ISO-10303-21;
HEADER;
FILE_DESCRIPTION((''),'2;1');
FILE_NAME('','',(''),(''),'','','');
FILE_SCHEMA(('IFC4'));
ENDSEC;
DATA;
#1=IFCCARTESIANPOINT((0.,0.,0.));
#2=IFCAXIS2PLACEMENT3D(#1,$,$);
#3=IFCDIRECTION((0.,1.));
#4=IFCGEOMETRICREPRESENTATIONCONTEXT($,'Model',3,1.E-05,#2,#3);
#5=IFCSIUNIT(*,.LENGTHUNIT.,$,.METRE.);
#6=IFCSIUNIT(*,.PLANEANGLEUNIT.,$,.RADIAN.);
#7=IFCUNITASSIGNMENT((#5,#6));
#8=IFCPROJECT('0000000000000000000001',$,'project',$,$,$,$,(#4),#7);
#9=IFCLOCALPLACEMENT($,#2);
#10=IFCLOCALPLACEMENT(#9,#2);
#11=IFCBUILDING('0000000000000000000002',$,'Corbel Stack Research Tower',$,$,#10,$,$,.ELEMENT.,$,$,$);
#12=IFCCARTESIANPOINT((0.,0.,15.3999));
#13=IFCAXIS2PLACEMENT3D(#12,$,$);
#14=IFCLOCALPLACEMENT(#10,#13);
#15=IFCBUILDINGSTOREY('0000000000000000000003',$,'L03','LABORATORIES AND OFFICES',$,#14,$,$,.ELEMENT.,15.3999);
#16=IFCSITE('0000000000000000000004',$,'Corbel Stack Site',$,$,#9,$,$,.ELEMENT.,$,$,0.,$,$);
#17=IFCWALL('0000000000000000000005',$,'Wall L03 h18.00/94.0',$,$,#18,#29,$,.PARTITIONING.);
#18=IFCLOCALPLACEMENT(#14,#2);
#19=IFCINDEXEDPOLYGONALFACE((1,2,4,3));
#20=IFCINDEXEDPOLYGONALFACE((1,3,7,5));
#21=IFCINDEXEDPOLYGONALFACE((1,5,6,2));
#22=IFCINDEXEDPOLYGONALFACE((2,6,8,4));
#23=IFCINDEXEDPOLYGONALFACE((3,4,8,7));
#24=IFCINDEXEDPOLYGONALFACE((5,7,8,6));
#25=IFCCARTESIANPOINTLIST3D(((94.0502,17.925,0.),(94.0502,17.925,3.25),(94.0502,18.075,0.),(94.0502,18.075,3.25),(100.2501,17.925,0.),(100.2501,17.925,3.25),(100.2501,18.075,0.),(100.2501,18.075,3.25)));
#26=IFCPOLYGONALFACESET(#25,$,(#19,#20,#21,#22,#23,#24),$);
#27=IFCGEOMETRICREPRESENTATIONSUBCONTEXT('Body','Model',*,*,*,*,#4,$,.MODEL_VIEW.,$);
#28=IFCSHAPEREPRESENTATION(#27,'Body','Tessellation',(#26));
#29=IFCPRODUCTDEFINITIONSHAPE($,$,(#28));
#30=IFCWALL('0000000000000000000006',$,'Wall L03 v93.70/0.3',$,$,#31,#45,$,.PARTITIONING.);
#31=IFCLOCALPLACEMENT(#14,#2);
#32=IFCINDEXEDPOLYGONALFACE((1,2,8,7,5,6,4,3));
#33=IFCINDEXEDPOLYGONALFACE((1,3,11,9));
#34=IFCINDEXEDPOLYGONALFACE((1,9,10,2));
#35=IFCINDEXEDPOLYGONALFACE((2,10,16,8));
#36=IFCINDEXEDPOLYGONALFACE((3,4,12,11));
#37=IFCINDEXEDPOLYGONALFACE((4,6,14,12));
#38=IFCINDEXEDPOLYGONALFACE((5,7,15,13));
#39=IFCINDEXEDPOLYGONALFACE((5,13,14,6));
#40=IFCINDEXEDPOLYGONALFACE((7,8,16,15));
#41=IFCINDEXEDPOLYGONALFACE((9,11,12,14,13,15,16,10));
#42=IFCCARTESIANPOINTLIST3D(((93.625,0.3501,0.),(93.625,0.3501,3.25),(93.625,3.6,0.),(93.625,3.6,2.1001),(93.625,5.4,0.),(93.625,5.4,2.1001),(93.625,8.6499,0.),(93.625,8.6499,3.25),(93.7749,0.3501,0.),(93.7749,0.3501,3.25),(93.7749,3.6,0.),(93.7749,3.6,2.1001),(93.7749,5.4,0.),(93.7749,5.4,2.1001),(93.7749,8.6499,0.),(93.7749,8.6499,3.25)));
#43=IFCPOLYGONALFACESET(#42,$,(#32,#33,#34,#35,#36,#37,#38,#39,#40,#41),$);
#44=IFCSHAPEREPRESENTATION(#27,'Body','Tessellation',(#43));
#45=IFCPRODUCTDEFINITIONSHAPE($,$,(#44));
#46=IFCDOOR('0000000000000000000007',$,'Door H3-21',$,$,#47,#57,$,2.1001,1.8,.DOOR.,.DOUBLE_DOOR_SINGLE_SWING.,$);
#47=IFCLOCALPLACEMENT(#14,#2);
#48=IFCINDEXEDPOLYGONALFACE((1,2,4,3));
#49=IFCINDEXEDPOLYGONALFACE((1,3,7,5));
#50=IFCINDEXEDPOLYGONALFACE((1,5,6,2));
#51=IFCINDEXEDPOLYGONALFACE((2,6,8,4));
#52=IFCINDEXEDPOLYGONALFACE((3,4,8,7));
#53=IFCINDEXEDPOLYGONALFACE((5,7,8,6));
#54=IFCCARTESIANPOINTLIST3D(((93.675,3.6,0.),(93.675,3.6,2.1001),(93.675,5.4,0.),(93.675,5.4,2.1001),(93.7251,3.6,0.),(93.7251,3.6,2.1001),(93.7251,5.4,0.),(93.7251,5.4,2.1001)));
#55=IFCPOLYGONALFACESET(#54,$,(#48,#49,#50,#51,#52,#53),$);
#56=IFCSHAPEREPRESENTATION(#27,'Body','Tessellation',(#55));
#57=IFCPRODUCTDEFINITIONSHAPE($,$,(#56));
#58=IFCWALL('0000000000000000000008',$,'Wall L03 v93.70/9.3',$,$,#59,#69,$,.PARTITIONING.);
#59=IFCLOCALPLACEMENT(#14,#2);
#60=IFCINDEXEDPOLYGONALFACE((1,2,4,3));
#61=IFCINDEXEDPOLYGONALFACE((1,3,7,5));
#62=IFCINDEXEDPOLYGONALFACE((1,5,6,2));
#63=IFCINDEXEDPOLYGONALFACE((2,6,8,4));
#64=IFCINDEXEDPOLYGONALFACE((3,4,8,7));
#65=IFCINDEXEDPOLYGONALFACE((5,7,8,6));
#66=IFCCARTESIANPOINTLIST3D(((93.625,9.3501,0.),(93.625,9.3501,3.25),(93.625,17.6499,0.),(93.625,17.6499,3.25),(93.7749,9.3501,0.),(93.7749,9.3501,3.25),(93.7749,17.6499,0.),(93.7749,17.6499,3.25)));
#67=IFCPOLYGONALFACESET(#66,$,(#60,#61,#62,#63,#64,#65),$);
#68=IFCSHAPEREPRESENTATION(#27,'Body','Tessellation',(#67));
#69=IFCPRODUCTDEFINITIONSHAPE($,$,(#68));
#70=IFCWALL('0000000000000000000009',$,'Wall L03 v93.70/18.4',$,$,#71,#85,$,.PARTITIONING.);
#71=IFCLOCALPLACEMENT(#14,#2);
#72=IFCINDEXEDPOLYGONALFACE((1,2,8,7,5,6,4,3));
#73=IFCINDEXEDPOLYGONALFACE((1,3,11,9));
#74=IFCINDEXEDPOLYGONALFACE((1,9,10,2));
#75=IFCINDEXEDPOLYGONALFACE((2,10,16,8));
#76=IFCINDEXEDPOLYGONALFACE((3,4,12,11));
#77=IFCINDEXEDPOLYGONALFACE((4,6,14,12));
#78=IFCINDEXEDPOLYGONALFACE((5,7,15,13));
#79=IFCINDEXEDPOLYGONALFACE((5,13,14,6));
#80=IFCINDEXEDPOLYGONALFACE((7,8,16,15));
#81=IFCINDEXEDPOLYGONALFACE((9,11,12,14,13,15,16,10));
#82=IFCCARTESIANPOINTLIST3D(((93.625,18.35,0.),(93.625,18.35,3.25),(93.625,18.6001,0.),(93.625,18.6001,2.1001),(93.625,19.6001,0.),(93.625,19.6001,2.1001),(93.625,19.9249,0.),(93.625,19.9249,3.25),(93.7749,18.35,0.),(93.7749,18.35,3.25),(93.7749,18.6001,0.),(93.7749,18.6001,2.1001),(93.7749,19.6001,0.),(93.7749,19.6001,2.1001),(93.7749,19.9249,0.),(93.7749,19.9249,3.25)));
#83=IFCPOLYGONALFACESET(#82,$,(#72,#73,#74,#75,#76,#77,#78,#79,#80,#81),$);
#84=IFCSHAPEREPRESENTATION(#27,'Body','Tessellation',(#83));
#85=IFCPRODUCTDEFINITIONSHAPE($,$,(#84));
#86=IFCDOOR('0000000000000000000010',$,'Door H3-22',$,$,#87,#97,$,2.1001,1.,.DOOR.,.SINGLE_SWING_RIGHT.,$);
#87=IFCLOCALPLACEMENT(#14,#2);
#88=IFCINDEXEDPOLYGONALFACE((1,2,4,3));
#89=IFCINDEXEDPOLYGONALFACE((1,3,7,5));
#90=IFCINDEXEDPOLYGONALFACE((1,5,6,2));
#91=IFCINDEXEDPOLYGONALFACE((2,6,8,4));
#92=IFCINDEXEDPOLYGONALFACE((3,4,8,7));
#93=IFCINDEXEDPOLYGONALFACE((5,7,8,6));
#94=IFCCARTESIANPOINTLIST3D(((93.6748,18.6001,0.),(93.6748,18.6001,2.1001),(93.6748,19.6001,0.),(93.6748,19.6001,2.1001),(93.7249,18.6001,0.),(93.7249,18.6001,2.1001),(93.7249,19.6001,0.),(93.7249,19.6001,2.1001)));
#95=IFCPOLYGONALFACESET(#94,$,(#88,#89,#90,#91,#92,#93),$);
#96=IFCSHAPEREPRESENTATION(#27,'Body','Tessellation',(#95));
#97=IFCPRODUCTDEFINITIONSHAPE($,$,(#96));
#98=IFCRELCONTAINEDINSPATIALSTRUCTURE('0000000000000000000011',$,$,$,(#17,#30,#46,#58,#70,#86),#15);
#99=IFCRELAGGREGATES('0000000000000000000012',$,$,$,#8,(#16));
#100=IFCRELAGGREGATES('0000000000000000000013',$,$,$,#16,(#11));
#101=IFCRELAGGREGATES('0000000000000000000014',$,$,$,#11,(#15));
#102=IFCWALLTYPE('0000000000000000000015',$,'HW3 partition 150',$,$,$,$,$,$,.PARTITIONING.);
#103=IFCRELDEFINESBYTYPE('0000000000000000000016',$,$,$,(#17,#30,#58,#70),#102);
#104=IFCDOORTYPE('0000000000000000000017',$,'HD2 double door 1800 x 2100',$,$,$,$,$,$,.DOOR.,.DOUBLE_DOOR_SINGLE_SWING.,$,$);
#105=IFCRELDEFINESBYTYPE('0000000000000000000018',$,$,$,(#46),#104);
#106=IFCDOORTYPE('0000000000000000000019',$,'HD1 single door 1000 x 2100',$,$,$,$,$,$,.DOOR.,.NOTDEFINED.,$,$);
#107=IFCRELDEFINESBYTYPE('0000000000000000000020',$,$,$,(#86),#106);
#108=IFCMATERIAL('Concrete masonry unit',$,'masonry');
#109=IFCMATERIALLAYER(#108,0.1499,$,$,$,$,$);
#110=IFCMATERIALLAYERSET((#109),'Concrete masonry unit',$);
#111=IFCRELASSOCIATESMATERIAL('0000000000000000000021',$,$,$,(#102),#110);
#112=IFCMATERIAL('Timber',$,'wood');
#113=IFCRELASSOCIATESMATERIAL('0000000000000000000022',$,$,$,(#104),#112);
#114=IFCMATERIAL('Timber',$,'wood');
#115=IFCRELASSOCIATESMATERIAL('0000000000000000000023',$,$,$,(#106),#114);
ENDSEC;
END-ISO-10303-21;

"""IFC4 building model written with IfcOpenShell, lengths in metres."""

from ifc_helpers import new_model, si_unit, direction, frame, frame_2d, origin, place, context, subcontext, project, spatial, rectangle, extrude, material, layer, layer_set, type_object, element, fill, save


model = new_model("IFC4")

# Units and contexts
model_context = context("Model", 3, precision=1e-05, world=origin(), true_north=direction((0.0, 1.0)))
body_context = subcontext(model_context, "Body", "Model", "MODEL_VIEW")
ifc_project = project(units=[si_unit("LENGTHUNIT", "METRE"), si_unit("PLANEANGLEUNIT", "RADIAN")], contexts=[model_context])

# Site, building, storey
site_placement = place(None, origin())
site = spatial("IfcSite", under=ifc_project, at=site_placement, Name="Corbel Stack Site", CompositionType="ELEMENT", RefElevation=0.0)
building_placement = place(site_placement, origin())
building = spatial("IfcBuilding", under=site, at=building_placement, Name="Corbel Stack Research Tower", CompositionType="ELEMENT")
storey_placement = place(building_placement, frame((0.0, 0.0, 15.3999)))
storey = spatial("IfcBuildingStorey", under=building, at=storey_placement, Name="L03", Description="LABORATORIES AND OFFICES", CompositionType="ELEMENT", Elevation=15.3999)

# Wall
ifc_material_1 = material(Name="Concrete masonry unit", Category="masonry")
ifc_layer_1 = layer(ifc_material_1, 0.1499)
ifc_layer_set_1 = layer_set([ifc_layer_1], Name="Concrete masonry unit")
wall_type_1 = type_object("IfcWallType", Name="HW3 partition 150", PredefinedType="PARTITIONING", material=ifc_layer_set_1)
for number, where, z_axis, x_axis, name in (
    (1, (94.05, 18.0, 0.0), (0.0, 0.0, 1.0), (1.0, 0.0, 0.0), "Wall L03 h18.00/94.0"),
):
    element("IfcWall", number, at=place(storey_placement, frame(where, z_axis=z_axis, x_axis=x_axis)), inside=storey, type_object=wall_type_1, Name=name, PredefinedType="PARTITIONING", context=body_context, shape_type="SweptSolid", body=[
        extrude(rectangle(XDim=6.2, YDim=0.1499, at=frame_2d((3.1001, 0.0))), origin(), (0.0, 0.0, 1.0), 3.25),
    ])

# Wall, opening, door
wall_1_placement = place(storey_placement, frame((93.7, 0.3501, 0.0), z_axis=(0.0, 0.0, 1.0), x_axis=(0.0, 1.0, 0.0)))
wall_1 = element("IfcWall", 2, at=wall_1_placement, inside=storey, type_object=wall_type_1, Name="Wall L03 v93.70/0.3", PredefinedType="PARTITIONING", context=body_context, shape_type="SweptSolid", body=[
    extrude(rectangle(XDim=8.2998, YDim=0.1499, at=frame_2d((4.1499, 0.0))), origin(), (0.0, 0.0, 1.0), 3.25),
])
opening_1_placement = place(wall_1_placement, frame((3.25, 0.0, 0.0)))
opening_1 = element("IfcOpeningElement", 3, at=opening_1_placement, cuts=wall_1, PredefinedType="OPENING", context=body_context, shape_type="SweptSolid", body=[
    extrude(rectangle(XDim=1.8, YDim=2.1001, at=frame_2d((0.8999, 1.05))), frame((0.0, 0.085, 0.0), z_axis=(0.0, -1.0, 0.0), x_axis=(1.0, 0.0, 0.0)), (0.0, 0.0, 1.0), 0.1699),
])
ifc_material_2 = material(Name="Timber", Category="wood")
door_type_1 = type_object("IfcDoorType", Name="HD2 double door 1800 x 2100", OperationType="DOUBLE_DOOR_SINGLE_SWING", PredefinedType="DOOR", material=ifc_material_2)
door_1_placement = place(opening_1_placement, origin())
door_1 = element("IfcDoor", 4, at=door_1_placement, inside=storey, type_object=door_type_1, Name="Door H3-21", OperationType="DOUBLE_DOOR_SINGLE_SWING", OverallHeight=2.1001, OverallWidth=1.8, PredefinedType="DOOR", context=body_context, shape_type="SweptSolid", body=[
    extrude(rectangle(XDim=1.8, YDim=2.1001, at=frame_2d((0.8999, 1.05))), frame((0.0, 0.0249, 0.0), z_axis=(0.0, -1.0, 0.0), x_axis=(1.0, 0.0, 0.0)), (0.0, 0.0, 1.0), 0.05),
])
fill(opening_1, door_1)

# Wall
wall_2_placement = place(storey_placement, frame((93.7, 9.3501, 0.0), z_axis=(0.0, 0.0, 1.0), x_axis=(0.0, 1.0, 0.0)))
element("IfcWall", 5, at=wall_2_placement, inside=storey, type_object=wall_type_1, Name="Wall L03 v93.70/9.3", PredefinedType="PARTITIONING", context=body_context, shape_type="SweptSolid", body=[
    extrude(rectangle(XDim=8.2998, YDim=0.1499, at=frame_2d((4.1499, 0.0))), origin(), (0.0, 0.0, 1.0), 3.25),
])

# Wall, opening, door
wall_3_placement = place(storey_placement, frame((93.7, 19.925, 0.0), z_axis=(0.0, 0.0, 1.0), x_axis=(0.0, -1.0, 0.0)))
wall_3 = element("IfcWall", 6, at=wall_3_placement, inside=storey, type_object=wall_type_1, Name="Wall L03 v93.70/18.4", PredefinedType="PARTITIONING", context=body_context, shape_type="SweptSolid", body=[
    extrude(rectangle(XDim=1.575, YDim=0.1499, at=frame_2d((0.7876, 0.0))), origin(), (0.0, 0.0, 1.0), 3.25),
])
opening_2_placement = place(wall_3_placement, frame((0.325, 0.0, 0.0)))
opening_2 = element("IfcOpeningElement", 7, at=opening_2_placement, cuts=wall_3, PredefinedType="OPENING", context=body_context, shape_type="SweptSolid", body=[
    extrude(rectangle(XDim=1.0, YDim=2.1001, at=frame_2d((0.5, 1.05))), frame((0.0, 0.085, 0.0), z_axis=(0.0, -1.0, 0.0), x_axis=(1.0, 0.0, 0.0)), (0.0, 0.0, 1.0), 0.1699),
])
ifc_material_3 = material(Name="Timber", Category="wood")
door_type_2 = type_object("IfcDoorType", Name="HD1 single door 1000 x 2100", OperationType="NOTDEFINED", PredefinedType="DOOR", material=ifc_material_3)
door_2_placement = place(opening_2_placement, origin())
door_2 = element("IfcDoor", 8, at=door_2_placement, inside=storey, type_object=door_type_2, Name="Door H3-22", OperationType="SINGLE_SWING_RIGHT", OverallHeight=2.1001, OverallWidth=1.0, PredefinedType="DOOR", context=body_context, shape_type="SweptSolid", body=[
    extrude(rectangle(XDim=1.0, YDim=2.1001, at=frame_2d((0.5, 1.05))), frame((0.0, 0.0249, 0.0), z_axis=(0.0, -1.0, 0.0), x_axis=(1.0, 0.0, 0.0)), (0.0, 0.0, 1.0), 0.05),
])
fill(opening_2, door_2)

save(model, "model.ifc")
